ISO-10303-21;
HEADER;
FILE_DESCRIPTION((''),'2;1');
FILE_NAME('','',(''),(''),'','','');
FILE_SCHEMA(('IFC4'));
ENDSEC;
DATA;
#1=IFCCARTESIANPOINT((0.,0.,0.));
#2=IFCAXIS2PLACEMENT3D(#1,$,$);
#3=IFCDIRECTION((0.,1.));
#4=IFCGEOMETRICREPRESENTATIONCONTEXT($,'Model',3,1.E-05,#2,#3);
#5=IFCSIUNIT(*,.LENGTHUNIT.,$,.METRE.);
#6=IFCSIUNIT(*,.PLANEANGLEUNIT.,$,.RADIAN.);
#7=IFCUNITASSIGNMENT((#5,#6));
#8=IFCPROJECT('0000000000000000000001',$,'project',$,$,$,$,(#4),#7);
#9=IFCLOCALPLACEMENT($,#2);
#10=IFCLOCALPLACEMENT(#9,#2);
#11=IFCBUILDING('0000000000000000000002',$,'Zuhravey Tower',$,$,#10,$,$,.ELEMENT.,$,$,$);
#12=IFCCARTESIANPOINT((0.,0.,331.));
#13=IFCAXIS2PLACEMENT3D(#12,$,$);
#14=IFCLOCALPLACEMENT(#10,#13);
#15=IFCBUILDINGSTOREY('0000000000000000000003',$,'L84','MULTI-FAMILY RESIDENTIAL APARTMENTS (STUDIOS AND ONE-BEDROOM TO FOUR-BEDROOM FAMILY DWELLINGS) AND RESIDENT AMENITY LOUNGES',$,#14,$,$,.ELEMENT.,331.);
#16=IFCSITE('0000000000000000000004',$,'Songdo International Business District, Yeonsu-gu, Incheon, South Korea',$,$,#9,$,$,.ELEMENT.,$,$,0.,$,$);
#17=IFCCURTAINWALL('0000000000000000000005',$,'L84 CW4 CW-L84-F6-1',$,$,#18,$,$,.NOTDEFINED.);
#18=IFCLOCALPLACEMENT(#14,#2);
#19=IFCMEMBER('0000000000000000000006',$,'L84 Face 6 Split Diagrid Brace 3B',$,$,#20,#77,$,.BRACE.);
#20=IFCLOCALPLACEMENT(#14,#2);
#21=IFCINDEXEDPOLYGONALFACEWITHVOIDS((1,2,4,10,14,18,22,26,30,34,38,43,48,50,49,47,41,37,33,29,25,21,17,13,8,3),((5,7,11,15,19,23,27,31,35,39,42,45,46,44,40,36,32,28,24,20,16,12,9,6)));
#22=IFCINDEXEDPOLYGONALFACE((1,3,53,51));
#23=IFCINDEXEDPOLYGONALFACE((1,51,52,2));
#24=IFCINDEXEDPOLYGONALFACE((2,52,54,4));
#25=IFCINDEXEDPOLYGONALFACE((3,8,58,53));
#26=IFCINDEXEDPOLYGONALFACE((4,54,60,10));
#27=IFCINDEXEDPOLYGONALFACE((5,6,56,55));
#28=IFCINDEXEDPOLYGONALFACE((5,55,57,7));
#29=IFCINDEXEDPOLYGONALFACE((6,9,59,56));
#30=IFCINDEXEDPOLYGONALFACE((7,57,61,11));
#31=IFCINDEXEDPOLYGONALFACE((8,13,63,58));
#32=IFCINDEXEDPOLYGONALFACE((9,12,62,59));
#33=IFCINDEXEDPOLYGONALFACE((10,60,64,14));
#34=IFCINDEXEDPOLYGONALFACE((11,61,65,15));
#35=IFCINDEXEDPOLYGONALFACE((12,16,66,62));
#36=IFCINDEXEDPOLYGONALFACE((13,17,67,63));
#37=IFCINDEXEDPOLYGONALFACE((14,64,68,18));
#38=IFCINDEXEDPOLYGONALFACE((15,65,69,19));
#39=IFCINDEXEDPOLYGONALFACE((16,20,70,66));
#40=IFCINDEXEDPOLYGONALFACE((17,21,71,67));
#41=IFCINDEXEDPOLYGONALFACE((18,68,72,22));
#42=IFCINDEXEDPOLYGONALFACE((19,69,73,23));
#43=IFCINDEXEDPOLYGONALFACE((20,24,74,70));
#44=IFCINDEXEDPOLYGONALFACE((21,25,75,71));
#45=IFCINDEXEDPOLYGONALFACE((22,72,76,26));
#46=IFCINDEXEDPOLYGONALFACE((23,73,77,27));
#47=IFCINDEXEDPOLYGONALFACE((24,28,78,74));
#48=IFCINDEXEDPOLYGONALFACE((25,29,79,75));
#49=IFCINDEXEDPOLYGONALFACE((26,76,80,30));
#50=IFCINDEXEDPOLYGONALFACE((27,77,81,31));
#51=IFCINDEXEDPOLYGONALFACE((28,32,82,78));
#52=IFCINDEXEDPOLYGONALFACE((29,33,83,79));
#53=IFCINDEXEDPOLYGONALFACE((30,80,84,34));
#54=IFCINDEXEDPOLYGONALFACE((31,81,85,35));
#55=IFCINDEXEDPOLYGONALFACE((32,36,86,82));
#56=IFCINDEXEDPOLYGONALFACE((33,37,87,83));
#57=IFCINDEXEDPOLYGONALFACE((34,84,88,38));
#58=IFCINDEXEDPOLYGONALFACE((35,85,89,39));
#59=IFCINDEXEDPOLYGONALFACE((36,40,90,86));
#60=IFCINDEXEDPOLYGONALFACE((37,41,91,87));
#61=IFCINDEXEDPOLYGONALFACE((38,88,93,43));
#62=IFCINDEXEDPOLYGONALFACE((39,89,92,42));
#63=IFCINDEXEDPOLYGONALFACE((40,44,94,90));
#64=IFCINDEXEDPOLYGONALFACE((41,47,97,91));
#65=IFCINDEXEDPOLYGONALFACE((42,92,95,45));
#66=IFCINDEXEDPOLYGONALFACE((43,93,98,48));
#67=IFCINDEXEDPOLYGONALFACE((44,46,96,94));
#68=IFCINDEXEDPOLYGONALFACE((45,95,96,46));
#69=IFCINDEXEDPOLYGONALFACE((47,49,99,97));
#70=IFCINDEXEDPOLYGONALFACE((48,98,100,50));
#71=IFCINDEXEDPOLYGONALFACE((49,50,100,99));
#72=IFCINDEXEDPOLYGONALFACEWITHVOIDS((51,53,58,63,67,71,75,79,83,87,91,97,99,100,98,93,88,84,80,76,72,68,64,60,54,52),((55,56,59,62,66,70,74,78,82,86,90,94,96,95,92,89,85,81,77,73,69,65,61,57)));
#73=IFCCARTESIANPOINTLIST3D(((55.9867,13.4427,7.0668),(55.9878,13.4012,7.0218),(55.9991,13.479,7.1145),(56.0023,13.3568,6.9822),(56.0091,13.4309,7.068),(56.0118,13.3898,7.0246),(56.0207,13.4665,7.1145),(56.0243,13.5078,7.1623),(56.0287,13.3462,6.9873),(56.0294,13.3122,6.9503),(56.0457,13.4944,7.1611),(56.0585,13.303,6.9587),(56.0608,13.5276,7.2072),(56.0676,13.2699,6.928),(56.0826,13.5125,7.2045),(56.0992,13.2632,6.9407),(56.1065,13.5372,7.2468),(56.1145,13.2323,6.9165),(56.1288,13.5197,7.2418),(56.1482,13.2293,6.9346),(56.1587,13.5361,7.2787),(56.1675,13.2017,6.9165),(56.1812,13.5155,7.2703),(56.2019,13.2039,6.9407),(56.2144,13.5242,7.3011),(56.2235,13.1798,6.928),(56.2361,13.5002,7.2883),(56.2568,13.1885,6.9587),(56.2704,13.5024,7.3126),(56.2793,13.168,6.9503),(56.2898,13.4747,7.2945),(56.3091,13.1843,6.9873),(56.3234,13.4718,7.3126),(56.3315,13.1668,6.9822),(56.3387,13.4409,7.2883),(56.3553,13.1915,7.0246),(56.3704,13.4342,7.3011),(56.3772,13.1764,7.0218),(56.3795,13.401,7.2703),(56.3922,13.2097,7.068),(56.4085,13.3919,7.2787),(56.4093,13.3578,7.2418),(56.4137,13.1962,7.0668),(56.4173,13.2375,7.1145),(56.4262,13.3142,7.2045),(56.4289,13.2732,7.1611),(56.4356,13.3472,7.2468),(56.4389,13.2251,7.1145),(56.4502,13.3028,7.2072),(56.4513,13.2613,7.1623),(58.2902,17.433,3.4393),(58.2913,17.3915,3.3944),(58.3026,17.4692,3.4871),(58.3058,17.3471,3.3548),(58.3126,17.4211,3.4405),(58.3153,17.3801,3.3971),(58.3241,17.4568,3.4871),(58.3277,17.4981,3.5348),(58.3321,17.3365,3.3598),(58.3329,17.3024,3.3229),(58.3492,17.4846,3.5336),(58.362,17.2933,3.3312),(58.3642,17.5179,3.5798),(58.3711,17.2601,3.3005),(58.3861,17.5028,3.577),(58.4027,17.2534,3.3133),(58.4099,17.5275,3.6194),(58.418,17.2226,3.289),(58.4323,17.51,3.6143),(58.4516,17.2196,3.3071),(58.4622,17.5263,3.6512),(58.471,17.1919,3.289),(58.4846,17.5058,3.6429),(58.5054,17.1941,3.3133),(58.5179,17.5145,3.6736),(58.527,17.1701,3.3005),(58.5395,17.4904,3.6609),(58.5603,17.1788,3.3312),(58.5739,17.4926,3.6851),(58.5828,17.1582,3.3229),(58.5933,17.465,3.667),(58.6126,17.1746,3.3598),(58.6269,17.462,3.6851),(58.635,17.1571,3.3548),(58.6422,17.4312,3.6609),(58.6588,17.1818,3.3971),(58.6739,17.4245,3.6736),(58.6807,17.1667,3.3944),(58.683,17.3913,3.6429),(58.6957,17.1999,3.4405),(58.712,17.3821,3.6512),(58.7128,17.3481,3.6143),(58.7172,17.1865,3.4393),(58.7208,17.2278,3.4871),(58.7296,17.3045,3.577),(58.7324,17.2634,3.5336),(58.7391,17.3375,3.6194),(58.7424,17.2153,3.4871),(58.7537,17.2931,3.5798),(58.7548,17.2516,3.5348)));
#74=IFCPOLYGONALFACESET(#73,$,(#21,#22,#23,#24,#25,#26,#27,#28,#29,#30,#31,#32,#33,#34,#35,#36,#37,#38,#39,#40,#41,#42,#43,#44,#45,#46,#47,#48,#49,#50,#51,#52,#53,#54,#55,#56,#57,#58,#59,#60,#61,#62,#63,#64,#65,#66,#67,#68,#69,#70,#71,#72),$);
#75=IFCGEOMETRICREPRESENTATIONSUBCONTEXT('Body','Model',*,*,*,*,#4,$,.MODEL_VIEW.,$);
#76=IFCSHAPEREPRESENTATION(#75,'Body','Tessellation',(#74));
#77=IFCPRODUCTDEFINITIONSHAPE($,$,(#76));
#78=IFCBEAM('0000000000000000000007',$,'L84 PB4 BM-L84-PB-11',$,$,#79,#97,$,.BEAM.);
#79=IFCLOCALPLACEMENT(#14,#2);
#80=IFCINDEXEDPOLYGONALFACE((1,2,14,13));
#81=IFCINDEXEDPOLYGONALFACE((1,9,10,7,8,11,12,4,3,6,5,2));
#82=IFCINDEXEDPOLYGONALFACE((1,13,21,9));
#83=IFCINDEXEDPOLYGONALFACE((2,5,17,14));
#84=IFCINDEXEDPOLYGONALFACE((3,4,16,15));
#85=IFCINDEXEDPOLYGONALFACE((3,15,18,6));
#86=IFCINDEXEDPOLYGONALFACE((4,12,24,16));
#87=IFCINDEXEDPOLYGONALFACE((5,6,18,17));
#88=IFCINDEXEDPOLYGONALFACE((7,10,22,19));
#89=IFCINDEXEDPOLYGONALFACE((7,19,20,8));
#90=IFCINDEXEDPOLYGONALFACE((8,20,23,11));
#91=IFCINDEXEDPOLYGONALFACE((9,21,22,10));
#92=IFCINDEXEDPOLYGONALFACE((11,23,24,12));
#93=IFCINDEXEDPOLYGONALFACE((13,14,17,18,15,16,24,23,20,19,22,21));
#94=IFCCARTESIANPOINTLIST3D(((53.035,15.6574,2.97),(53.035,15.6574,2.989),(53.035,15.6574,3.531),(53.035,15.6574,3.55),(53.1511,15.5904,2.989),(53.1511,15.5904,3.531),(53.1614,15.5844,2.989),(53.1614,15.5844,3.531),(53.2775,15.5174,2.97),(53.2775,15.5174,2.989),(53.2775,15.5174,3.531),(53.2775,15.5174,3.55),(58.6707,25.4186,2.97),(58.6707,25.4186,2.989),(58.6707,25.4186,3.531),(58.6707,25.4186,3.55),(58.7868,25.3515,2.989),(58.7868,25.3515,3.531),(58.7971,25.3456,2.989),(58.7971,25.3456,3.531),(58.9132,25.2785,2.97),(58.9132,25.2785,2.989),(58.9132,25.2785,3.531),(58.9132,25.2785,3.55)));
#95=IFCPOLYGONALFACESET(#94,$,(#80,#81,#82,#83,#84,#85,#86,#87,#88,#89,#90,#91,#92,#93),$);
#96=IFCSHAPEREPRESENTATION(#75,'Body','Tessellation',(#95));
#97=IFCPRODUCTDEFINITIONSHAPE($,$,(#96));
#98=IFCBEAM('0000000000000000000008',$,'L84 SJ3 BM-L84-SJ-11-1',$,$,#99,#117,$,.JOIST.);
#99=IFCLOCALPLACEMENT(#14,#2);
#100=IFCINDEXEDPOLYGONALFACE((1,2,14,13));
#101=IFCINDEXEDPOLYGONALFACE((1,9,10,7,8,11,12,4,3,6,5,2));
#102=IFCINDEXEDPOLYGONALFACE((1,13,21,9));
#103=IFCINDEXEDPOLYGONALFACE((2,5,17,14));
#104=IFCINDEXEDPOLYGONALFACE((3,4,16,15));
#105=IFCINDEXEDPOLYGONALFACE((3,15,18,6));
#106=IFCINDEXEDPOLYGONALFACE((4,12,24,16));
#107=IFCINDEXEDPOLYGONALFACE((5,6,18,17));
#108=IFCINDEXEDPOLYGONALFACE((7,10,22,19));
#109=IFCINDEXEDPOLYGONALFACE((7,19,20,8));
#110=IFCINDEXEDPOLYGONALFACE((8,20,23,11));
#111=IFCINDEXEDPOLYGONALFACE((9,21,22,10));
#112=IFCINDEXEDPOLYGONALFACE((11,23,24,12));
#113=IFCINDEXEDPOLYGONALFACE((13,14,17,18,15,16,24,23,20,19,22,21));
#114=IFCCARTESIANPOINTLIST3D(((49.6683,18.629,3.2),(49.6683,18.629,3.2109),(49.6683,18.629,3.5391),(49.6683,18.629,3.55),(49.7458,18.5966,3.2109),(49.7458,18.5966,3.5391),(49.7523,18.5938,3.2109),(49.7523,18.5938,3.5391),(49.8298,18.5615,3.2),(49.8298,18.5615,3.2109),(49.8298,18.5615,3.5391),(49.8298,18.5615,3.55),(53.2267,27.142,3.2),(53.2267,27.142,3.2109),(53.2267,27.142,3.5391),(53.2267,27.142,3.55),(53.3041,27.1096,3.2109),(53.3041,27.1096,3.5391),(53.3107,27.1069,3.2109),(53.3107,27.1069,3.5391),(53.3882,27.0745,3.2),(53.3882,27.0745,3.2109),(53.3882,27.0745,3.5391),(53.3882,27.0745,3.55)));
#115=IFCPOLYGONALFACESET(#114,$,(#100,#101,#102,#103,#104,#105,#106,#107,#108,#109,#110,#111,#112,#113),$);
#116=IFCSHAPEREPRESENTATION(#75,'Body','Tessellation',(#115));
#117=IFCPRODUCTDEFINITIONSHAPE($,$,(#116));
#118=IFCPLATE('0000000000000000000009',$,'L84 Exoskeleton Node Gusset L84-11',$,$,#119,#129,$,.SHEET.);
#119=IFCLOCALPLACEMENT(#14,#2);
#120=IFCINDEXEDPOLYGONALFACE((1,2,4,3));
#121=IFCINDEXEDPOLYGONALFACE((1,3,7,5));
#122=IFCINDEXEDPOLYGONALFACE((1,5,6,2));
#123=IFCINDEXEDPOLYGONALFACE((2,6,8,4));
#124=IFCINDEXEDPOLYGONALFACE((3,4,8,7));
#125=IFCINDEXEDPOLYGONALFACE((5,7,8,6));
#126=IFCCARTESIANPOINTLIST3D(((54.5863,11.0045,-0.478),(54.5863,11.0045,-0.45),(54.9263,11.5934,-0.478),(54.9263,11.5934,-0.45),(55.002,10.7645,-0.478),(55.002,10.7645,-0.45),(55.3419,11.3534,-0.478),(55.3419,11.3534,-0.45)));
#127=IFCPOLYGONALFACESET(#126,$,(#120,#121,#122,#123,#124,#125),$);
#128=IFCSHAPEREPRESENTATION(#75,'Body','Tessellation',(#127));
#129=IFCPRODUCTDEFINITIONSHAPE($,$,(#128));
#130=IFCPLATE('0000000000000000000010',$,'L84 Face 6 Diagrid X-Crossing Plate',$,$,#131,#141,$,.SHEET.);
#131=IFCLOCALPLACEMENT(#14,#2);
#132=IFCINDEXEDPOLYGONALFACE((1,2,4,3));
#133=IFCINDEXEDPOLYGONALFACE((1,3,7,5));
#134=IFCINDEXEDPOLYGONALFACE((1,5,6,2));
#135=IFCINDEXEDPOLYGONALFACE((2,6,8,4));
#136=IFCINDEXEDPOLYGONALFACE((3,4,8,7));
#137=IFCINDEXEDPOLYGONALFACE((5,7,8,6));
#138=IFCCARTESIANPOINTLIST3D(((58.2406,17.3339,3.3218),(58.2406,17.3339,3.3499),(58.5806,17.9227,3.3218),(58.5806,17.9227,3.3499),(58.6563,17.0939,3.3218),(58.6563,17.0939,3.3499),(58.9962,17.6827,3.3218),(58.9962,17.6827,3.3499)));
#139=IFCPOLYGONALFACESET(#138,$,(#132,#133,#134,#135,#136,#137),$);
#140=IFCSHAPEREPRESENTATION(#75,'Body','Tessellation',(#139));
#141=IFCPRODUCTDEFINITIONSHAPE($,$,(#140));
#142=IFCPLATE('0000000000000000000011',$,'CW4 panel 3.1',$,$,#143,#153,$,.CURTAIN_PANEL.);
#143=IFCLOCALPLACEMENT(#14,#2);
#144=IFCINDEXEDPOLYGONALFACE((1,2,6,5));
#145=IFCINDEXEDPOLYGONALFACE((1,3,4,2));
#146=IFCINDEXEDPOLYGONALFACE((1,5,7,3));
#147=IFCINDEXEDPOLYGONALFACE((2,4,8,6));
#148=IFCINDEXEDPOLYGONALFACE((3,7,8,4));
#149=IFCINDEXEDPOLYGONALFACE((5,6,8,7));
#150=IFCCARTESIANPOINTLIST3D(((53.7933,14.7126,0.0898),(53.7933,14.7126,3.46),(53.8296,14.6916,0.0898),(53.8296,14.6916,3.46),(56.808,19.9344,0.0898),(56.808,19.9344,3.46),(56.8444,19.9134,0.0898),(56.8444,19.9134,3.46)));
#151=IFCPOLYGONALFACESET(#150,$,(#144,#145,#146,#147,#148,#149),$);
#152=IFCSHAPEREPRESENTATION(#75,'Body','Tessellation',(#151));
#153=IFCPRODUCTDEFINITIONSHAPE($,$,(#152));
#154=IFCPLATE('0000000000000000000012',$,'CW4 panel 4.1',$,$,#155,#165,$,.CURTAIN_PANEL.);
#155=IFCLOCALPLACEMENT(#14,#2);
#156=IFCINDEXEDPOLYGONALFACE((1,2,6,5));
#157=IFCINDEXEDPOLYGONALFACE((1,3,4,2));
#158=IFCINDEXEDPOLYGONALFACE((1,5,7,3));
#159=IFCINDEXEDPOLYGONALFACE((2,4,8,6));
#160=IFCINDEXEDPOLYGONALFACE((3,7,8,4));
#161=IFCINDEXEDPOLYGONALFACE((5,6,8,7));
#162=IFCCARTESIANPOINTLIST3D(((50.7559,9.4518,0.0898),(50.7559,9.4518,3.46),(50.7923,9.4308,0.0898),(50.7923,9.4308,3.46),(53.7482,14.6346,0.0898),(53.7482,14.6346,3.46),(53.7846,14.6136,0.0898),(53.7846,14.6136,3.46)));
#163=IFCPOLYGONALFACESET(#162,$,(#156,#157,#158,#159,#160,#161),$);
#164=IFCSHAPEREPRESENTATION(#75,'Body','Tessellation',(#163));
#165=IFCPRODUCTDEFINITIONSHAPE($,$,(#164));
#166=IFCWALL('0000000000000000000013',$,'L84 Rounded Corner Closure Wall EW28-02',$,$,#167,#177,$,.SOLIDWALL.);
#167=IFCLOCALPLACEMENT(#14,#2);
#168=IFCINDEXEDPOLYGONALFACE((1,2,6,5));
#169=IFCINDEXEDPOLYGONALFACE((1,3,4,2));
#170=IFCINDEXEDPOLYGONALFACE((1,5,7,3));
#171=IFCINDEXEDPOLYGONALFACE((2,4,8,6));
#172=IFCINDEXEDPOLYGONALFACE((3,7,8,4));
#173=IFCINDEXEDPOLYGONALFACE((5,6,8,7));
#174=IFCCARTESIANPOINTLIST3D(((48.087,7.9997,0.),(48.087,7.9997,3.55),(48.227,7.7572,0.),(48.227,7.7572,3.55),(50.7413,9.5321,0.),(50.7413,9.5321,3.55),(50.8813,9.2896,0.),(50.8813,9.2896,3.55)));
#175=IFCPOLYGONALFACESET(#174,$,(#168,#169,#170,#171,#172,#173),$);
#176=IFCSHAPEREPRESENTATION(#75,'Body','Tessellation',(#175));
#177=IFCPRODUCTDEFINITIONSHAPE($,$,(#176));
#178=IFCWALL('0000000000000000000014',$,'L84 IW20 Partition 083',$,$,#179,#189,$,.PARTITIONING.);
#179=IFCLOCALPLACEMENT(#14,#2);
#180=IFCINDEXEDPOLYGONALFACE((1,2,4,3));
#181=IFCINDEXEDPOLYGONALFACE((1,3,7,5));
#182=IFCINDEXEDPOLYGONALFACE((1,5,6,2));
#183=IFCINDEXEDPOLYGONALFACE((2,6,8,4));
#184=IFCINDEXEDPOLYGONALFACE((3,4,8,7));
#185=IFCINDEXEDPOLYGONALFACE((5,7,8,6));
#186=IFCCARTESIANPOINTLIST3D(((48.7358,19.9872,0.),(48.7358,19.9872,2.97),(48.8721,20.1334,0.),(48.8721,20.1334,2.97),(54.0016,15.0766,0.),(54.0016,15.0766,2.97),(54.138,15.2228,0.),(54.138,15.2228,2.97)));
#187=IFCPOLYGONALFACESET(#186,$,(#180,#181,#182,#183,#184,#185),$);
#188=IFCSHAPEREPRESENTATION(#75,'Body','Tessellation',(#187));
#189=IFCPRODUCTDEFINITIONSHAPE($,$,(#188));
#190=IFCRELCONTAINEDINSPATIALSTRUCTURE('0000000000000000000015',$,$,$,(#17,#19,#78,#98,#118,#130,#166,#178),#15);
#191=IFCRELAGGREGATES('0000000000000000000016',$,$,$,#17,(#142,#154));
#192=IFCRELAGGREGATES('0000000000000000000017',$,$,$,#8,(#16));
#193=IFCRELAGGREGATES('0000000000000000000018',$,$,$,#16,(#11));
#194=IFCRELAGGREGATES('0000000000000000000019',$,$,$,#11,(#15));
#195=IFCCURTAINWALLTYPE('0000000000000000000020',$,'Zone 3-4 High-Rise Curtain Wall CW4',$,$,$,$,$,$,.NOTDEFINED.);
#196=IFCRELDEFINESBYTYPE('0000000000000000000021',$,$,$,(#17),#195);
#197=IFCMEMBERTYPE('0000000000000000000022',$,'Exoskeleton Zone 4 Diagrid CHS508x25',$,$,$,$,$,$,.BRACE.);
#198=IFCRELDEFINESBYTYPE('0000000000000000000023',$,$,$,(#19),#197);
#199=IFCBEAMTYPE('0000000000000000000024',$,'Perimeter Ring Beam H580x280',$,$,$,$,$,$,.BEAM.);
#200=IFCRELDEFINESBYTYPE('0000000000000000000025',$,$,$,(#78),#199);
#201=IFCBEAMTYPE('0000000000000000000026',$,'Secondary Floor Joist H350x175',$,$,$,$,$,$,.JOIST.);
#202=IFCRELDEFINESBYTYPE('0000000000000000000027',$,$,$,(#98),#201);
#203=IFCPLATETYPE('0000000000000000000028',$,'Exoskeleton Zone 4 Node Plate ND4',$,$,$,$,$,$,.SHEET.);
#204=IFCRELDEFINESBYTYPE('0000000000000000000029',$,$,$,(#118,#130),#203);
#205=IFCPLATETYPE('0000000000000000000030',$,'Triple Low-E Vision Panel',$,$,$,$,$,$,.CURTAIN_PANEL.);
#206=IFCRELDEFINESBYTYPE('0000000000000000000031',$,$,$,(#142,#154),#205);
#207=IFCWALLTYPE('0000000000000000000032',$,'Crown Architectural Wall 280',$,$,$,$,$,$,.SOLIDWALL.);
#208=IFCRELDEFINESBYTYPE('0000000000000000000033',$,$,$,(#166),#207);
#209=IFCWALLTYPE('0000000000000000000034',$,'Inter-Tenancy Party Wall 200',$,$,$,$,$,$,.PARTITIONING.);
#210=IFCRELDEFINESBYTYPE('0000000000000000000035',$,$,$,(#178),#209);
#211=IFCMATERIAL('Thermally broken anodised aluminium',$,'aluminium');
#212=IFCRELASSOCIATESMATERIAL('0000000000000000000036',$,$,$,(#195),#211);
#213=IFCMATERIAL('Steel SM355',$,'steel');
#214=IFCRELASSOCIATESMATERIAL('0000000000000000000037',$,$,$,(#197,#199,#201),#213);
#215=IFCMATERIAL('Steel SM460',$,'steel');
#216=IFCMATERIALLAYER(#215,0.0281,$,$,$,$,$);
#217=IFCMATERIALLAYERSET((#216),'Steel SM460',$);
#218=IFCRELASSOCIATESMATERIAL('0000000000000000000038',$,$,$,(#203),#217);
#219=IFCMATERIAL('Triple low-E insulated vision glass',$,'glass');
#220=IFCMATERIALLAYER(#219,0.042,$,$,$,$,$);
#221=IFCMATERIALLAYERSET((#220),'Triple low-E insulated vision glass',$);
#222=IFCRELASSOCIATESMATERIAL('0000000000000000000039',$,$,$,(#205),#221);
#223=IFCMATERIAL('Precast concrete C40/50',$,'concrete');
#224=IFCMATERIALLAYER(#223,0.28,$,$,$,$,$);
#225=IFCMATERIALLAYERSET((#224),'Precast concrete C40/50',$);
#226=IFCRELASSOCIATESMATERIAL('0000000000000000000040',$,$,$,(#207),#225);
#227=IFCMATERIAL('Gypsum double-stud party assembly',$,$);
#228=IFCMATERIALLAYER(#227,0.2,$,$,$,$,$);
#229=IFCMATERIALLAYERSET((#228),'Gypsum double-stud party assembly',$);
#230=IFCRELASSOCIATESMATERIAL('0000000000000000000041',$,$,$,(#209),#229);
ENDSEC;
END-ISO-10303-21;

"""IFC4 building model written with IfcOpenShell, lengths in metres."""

from ifc_helpers import new_model, si_unit, direction, frame, frame_2d, origin, origin_2d, place, context, subcontext, project, spatial, rectangle, hollow_circle, i_section, extrude, material, layer, layer_set, material_profile, profile_set, type_object, element, aggregate, save


model = new_model("IFC4")

# Units and contexts
model_context = context("Model", 3, precision=1e-05, world=origin(), true_north=direction((0.0, 1.0)))
body_context = subcontext(model_context, "Body", "Model", "MODEL_VIEW")
ifc_project = project(units=[si_unit("LENGTHUNIT", "METRE"), si_unit("PLANEANGLEUNIT", "RADIAN")], contexts=[model_context])

# Site, building, storey
site_placement = place(None, origin())
site = spatial("IfcSite", under=ifc_project, at=site_placement, Name="Songdo International Business District, Yeonsu-gu, Incheon, South Korea", CompositionType="ELEMENT", RefElevation=0.0)
building_placement = place(site_placement, origin())
building = spatial("IfcBuilding", under=site, at=building_placement, Name="Zuhravey Tower", CompositionType="ELEMENT")
storey_placement = place(building_placement, frame((0.0, 0.0, 331.0)))
storey = spatial("IfcBuildingStorey", under=building, at=storey_placement, Name="L84", Description="MULTI-FAMILY RESIDENTIAL APARTMENTS (STUDIOS AND ONE-BEDROOM TO FOUR-BEDROOM FAMILY DWELLINGS) AND RESIDENT AMENITY LOUNGES", CompositionType="ELEMENT", Elevation=331.0)

# Curtain wall
ifc_material_1 = material(Name="Thermally broken anodised aluminium", Category="aluminium")
curtain_wall_type = type_object("IfcCurtainWallType", Name="Zone 3-4 High-Rise Curtain Wall CW4", PredefinedType="NOTDEFINED", material=ifc_material_1)
curtain_wall_1_placement = place(storey_placement, origin())
curtain_wall_1 = element("IfcCurtainWall", 1, at=curtain_wall_1_placement, inside=storey, type_object=curtain_wall_type, Name="L84 CW4 CW-L84-F6-1", PredefinedType="NOTDEFINED")

# Member
ifc_material_2 = material(Name="Steel SM355", Category="steel")
ifc_material_profile_1 = material_profile(ifc_material_2, hollow_circle(Radius=0.2539, WallThickness=0.0249, at=origin_2d()), Name="CHS-508.0x25")
ifc_profile_set_1 = profile_set([ifc_material_profile_1], Name="Steel SM355")
member_type_1 = type_object("IfcMemberType", Name="Exoskeleton Zone 4 Diagrid CHS508x25", PredefinedType="BRACE", material=ifc_profile_set_1)
member_1_placement = place(storey_placement, frame((58.5225, 17.3423, 3.4871), z_axis=(-0.392816, -0.680465, 0.618597), x_axis=(0.866053, -0.499952, 0.0)))
element("IfcMember", 2, at=member_1_placement, inside=storey, type_object=member_type_1, Name="L84 Face 6 Split Diagrid Brace 3B", PredefinedType="BRACE", context=body_context, shape_type="SweptSolid", body=[
    extrude(hollow_circle(Radius=0.2539, WallThickness=0.0249, at=origin_2d()), origin(), (0.0, 0.0, 1.0), 5.864),
])

# Beams
ifc_material_profile_2 = material_profile(ifc_material_2, i_section(OverallWidth=0.28, OverallDepth=0.5801, WebThickness=0.012, FlangeThickness=0.019, at=origin_2d()), Name="H-580x280x12x19")
ifc_profile_set_2 = profile_set([ifc_material_profile_2], Name="Steel SM355")
beam_type_1 = type_object("IfcBeamType", Name="Perimeter Ring Beam H580x280", PredefinedType="BEAM", material=ifc_profile_set_2)
beam_1_placement = place(storey_placement, frame((53.1562, 15.5874, 3.26), z_axis=(0.500006, 0.866022, 0.0), x_axis=(-0.866022, 0.500006, 0.0)))
element("IfcBeam", 3, at=beam_1_placement, inside=storey, type_object=beam_type_1, Name="L84 PB4 BM-L84-PB-11", PredefinedType="BEAM", context=body_context, shape_type="SweptSolid", body=[
    extrude(i_section(OverallWidth=0.28, OverallDepth=0.5801, WebThickness=0.012, FlangeThickness=0.019, at=origin_2d()), origin(), (0.0, 0.0, 1.0), 11.2712),
])
ifc_material_profile_3 = material_profile(ifc_material_2, i_section(OverallWidth=0.175, OverallDepth=0.3501, WebThickness=0.0071, FlangeThickness=0.011, at=origin_2d()), Name="H-350x175x7x11")
ifc_profile_set_3 = profile_set([ifc_material_profile_3], Name="Steel SM355")
beam_type_2 = type_object("IfcBeamType", Name="Secondary Floor Joist H350x175", PredefinedType="JOIST", material=ifc_profile_set_3)
beam_2_placement = place(storey_placement, frame((49.749, 18.5952, 3.375), z_axis=(0.385658, 0.922642, 0.0), x_axis=(-0.922642, 0.385658, 0.0)))
element("IfcBeam", 4, at=beam_2_placement, inside=storey, type_object=beam_type_2, Name="L84 SJ3 BM-L84-SJ-11-1", PredefinedType="JOIST", context=body_context, shape_type="SweptSolid", body=[
    extrude(i_section(OverallWidth=0.175, OverallDepth=0.3501, WebThickness=0.0071, FlangeThickness=0.011, at=origin_2d()), origin(), (0.0, 0.0, 1.0), 9.2268),
])

# Plates
ifc_material_3 = material(Name="Steel SM460", Category="steel")
ifc_layer_1 = layer(ifc_material_3, 0.0281)
ifc_layer_set_1 = layer_set([ifc_layer_1], Name="Steel SM460")
plate_type_1 = type_object("IfcPlateType", Name="Exoskeleton Zone 4 Node Plate ND4", PredefinedType="SHEET", material=ifc_layer_set_1)
for number, where, z_axis, x_axis, name in (
    (5, (54.9641, 11.179, -0.478), (0.0, 0.0, 1.0), (0.5, 0.866025, 0.0), "L84 Exoskeleton Node Gusset L84-11"),
    (6, (58.6184, 17.5083, 3.3218), (0.0, 0.0, 1.0), (0.5, 0.866025, 0.0), "L84 Face 6 Diagrid X-Crossing Plate"),
):
    element("IfcPlate", number, at=place(storey_placement, frame(where, z_axis=z_axis, x_axis=x_axis)), inside=storey, type_object=plate_type_1, Name=name, PredefinedType="SHEET", context=body_context, shape_type="SweptSolid", body=[
        extrude(rectangle(XDim=0.6799, YDim=0.48, at=origin_2d()), origin(), (0.0, 0.0, 1.0), 0.0281),
    ])

# Plates
ifc_material_4 = material(Name="Triple low-E insulated vision glass", Category="glass")
ifc_layer_2 = layer(ifc_material_4, 0.042)
ifc_layer_set_2 = layer_set([ifc_layer_2], Name="Triple low-E insulated vision glass")
plate_type_2 = type_object("IfcPlateType", Name="Triple Low-E Vision Panel", PredefinedType="CURTAIN_PANEL", material=ifc_layer_set_2)
plate_1_placement = place(storey_placement, frame((55.3188, 17.313, 0.0898), z_axis=(0.0, 0.0, 1.0), x_axis=(-0.5, -0.866026, 0.0)))
plate_1 = element("IfcPlate", 7, at=plate_1_placement, type_object=plate_type_2, Name="CW4 panel 3.1", PredefinedType="CURTAIN_PANEL", context=body_context, shape_type="SweptSolid", body=[
    extrude(rectangle(XDim=6.0295, YDim=0.042, at=origin_2d()), origin(), (0.0, 0.0, 1.0), 3.3701),
])
plate_2_placement = place(storey_placement, frame((52.2703, 12.0327, 0.0898), z_axis=(0.0, 0.0, 1.0), x_axis=(-0.5, -0.866026, 0.0)))
plate_2 = element("IfcPlate", 8, at=plate_2_placement, type_object=plate_type_2, Name="CW4 panel 4.1", PredefinedType="CURTAIN_PANEL", context=body_context, shape_type="SweptSolid", body=[
    extrude(rectangle(XDim=5.9846, YDim=0.042, at=origin_2d()), origin(), (0.0, 0.0, 1.0), 3.3701),
])
aggregate(curtain_wall_1, [plate_1, plate_2])

# Walls
ifc_material_5 = material(Name="Precast concrete C40/50", Category="concrete")
ifc_layer_3 = layer(ifc_material_5, 0.28)
ifc_layer_set_3 = layer_set([ifc_layer_3], Name="Precast concrete C40/50")
wall_type_1 = type_object("IfcWallType", Name="Crown Architectural Wall 280", PredefinedType="SOLIDWALL", material=ifc_layer_set_3)
wall_1_placement = place(storey_placement, frame((50.8113, 9.4109, 0.0), z_axis=(0.0, 0.0, 1.0), x_axis=(-0.866024, -0.500003, 0.0)))
element("IfcWall", 9, at=wall_1_placement, inside=storey, type_object=wall_type_1, Name="L84 Rounded Corner Closure Wall EW28-02", PredefinedType="SOLIDWALL", context=body_context, shape_type="SweptSolid", body=[
    extrude(rectangle(XDim=3.0649, YDim=0.28, at=frame_2d((1.5325, 0.0))), origin(), (0.0, 0.0, 1.0), 3.55),
])
ifc_material_6 = material(Name="Gypsum double-stud party assembly")
ifc_layer_4 = layer(ifc_material_6, 0.2)
ifc_layer_set_4 = layer_set([ifc_layer_4], Name="Gypsum double-stud party assembly")
wall_type_2 = type_object("IfcWallType", Name="Inter-Tenancy Party Wall 200", PredefinedType="PARTITIONING", material=ifc_layer_set_4)
wall_2_placement = place(storey_placement, frame((48.804, 20.0603, 0.0), z_axis=(0.0, 0.0, 1.0), x_axis=(0.731344, -0.682009, 0.0)))
element("IfcWall", 10, at=wall_2_placement, inside=storey, type_object=wall_type_2, Name="L84 IW20 Partition 083", PredefinedType="PARTITIONING", context=body_context, shape_type="SweptSolid", body=[
    extrude(rectangle(XDim=7.2002, YDim=0.2, at=frame_2d((3.6001, 0.0))), origin(), (0.0, 0.0, 1.0), 2.97),
])

save(model, "model.ifc")
